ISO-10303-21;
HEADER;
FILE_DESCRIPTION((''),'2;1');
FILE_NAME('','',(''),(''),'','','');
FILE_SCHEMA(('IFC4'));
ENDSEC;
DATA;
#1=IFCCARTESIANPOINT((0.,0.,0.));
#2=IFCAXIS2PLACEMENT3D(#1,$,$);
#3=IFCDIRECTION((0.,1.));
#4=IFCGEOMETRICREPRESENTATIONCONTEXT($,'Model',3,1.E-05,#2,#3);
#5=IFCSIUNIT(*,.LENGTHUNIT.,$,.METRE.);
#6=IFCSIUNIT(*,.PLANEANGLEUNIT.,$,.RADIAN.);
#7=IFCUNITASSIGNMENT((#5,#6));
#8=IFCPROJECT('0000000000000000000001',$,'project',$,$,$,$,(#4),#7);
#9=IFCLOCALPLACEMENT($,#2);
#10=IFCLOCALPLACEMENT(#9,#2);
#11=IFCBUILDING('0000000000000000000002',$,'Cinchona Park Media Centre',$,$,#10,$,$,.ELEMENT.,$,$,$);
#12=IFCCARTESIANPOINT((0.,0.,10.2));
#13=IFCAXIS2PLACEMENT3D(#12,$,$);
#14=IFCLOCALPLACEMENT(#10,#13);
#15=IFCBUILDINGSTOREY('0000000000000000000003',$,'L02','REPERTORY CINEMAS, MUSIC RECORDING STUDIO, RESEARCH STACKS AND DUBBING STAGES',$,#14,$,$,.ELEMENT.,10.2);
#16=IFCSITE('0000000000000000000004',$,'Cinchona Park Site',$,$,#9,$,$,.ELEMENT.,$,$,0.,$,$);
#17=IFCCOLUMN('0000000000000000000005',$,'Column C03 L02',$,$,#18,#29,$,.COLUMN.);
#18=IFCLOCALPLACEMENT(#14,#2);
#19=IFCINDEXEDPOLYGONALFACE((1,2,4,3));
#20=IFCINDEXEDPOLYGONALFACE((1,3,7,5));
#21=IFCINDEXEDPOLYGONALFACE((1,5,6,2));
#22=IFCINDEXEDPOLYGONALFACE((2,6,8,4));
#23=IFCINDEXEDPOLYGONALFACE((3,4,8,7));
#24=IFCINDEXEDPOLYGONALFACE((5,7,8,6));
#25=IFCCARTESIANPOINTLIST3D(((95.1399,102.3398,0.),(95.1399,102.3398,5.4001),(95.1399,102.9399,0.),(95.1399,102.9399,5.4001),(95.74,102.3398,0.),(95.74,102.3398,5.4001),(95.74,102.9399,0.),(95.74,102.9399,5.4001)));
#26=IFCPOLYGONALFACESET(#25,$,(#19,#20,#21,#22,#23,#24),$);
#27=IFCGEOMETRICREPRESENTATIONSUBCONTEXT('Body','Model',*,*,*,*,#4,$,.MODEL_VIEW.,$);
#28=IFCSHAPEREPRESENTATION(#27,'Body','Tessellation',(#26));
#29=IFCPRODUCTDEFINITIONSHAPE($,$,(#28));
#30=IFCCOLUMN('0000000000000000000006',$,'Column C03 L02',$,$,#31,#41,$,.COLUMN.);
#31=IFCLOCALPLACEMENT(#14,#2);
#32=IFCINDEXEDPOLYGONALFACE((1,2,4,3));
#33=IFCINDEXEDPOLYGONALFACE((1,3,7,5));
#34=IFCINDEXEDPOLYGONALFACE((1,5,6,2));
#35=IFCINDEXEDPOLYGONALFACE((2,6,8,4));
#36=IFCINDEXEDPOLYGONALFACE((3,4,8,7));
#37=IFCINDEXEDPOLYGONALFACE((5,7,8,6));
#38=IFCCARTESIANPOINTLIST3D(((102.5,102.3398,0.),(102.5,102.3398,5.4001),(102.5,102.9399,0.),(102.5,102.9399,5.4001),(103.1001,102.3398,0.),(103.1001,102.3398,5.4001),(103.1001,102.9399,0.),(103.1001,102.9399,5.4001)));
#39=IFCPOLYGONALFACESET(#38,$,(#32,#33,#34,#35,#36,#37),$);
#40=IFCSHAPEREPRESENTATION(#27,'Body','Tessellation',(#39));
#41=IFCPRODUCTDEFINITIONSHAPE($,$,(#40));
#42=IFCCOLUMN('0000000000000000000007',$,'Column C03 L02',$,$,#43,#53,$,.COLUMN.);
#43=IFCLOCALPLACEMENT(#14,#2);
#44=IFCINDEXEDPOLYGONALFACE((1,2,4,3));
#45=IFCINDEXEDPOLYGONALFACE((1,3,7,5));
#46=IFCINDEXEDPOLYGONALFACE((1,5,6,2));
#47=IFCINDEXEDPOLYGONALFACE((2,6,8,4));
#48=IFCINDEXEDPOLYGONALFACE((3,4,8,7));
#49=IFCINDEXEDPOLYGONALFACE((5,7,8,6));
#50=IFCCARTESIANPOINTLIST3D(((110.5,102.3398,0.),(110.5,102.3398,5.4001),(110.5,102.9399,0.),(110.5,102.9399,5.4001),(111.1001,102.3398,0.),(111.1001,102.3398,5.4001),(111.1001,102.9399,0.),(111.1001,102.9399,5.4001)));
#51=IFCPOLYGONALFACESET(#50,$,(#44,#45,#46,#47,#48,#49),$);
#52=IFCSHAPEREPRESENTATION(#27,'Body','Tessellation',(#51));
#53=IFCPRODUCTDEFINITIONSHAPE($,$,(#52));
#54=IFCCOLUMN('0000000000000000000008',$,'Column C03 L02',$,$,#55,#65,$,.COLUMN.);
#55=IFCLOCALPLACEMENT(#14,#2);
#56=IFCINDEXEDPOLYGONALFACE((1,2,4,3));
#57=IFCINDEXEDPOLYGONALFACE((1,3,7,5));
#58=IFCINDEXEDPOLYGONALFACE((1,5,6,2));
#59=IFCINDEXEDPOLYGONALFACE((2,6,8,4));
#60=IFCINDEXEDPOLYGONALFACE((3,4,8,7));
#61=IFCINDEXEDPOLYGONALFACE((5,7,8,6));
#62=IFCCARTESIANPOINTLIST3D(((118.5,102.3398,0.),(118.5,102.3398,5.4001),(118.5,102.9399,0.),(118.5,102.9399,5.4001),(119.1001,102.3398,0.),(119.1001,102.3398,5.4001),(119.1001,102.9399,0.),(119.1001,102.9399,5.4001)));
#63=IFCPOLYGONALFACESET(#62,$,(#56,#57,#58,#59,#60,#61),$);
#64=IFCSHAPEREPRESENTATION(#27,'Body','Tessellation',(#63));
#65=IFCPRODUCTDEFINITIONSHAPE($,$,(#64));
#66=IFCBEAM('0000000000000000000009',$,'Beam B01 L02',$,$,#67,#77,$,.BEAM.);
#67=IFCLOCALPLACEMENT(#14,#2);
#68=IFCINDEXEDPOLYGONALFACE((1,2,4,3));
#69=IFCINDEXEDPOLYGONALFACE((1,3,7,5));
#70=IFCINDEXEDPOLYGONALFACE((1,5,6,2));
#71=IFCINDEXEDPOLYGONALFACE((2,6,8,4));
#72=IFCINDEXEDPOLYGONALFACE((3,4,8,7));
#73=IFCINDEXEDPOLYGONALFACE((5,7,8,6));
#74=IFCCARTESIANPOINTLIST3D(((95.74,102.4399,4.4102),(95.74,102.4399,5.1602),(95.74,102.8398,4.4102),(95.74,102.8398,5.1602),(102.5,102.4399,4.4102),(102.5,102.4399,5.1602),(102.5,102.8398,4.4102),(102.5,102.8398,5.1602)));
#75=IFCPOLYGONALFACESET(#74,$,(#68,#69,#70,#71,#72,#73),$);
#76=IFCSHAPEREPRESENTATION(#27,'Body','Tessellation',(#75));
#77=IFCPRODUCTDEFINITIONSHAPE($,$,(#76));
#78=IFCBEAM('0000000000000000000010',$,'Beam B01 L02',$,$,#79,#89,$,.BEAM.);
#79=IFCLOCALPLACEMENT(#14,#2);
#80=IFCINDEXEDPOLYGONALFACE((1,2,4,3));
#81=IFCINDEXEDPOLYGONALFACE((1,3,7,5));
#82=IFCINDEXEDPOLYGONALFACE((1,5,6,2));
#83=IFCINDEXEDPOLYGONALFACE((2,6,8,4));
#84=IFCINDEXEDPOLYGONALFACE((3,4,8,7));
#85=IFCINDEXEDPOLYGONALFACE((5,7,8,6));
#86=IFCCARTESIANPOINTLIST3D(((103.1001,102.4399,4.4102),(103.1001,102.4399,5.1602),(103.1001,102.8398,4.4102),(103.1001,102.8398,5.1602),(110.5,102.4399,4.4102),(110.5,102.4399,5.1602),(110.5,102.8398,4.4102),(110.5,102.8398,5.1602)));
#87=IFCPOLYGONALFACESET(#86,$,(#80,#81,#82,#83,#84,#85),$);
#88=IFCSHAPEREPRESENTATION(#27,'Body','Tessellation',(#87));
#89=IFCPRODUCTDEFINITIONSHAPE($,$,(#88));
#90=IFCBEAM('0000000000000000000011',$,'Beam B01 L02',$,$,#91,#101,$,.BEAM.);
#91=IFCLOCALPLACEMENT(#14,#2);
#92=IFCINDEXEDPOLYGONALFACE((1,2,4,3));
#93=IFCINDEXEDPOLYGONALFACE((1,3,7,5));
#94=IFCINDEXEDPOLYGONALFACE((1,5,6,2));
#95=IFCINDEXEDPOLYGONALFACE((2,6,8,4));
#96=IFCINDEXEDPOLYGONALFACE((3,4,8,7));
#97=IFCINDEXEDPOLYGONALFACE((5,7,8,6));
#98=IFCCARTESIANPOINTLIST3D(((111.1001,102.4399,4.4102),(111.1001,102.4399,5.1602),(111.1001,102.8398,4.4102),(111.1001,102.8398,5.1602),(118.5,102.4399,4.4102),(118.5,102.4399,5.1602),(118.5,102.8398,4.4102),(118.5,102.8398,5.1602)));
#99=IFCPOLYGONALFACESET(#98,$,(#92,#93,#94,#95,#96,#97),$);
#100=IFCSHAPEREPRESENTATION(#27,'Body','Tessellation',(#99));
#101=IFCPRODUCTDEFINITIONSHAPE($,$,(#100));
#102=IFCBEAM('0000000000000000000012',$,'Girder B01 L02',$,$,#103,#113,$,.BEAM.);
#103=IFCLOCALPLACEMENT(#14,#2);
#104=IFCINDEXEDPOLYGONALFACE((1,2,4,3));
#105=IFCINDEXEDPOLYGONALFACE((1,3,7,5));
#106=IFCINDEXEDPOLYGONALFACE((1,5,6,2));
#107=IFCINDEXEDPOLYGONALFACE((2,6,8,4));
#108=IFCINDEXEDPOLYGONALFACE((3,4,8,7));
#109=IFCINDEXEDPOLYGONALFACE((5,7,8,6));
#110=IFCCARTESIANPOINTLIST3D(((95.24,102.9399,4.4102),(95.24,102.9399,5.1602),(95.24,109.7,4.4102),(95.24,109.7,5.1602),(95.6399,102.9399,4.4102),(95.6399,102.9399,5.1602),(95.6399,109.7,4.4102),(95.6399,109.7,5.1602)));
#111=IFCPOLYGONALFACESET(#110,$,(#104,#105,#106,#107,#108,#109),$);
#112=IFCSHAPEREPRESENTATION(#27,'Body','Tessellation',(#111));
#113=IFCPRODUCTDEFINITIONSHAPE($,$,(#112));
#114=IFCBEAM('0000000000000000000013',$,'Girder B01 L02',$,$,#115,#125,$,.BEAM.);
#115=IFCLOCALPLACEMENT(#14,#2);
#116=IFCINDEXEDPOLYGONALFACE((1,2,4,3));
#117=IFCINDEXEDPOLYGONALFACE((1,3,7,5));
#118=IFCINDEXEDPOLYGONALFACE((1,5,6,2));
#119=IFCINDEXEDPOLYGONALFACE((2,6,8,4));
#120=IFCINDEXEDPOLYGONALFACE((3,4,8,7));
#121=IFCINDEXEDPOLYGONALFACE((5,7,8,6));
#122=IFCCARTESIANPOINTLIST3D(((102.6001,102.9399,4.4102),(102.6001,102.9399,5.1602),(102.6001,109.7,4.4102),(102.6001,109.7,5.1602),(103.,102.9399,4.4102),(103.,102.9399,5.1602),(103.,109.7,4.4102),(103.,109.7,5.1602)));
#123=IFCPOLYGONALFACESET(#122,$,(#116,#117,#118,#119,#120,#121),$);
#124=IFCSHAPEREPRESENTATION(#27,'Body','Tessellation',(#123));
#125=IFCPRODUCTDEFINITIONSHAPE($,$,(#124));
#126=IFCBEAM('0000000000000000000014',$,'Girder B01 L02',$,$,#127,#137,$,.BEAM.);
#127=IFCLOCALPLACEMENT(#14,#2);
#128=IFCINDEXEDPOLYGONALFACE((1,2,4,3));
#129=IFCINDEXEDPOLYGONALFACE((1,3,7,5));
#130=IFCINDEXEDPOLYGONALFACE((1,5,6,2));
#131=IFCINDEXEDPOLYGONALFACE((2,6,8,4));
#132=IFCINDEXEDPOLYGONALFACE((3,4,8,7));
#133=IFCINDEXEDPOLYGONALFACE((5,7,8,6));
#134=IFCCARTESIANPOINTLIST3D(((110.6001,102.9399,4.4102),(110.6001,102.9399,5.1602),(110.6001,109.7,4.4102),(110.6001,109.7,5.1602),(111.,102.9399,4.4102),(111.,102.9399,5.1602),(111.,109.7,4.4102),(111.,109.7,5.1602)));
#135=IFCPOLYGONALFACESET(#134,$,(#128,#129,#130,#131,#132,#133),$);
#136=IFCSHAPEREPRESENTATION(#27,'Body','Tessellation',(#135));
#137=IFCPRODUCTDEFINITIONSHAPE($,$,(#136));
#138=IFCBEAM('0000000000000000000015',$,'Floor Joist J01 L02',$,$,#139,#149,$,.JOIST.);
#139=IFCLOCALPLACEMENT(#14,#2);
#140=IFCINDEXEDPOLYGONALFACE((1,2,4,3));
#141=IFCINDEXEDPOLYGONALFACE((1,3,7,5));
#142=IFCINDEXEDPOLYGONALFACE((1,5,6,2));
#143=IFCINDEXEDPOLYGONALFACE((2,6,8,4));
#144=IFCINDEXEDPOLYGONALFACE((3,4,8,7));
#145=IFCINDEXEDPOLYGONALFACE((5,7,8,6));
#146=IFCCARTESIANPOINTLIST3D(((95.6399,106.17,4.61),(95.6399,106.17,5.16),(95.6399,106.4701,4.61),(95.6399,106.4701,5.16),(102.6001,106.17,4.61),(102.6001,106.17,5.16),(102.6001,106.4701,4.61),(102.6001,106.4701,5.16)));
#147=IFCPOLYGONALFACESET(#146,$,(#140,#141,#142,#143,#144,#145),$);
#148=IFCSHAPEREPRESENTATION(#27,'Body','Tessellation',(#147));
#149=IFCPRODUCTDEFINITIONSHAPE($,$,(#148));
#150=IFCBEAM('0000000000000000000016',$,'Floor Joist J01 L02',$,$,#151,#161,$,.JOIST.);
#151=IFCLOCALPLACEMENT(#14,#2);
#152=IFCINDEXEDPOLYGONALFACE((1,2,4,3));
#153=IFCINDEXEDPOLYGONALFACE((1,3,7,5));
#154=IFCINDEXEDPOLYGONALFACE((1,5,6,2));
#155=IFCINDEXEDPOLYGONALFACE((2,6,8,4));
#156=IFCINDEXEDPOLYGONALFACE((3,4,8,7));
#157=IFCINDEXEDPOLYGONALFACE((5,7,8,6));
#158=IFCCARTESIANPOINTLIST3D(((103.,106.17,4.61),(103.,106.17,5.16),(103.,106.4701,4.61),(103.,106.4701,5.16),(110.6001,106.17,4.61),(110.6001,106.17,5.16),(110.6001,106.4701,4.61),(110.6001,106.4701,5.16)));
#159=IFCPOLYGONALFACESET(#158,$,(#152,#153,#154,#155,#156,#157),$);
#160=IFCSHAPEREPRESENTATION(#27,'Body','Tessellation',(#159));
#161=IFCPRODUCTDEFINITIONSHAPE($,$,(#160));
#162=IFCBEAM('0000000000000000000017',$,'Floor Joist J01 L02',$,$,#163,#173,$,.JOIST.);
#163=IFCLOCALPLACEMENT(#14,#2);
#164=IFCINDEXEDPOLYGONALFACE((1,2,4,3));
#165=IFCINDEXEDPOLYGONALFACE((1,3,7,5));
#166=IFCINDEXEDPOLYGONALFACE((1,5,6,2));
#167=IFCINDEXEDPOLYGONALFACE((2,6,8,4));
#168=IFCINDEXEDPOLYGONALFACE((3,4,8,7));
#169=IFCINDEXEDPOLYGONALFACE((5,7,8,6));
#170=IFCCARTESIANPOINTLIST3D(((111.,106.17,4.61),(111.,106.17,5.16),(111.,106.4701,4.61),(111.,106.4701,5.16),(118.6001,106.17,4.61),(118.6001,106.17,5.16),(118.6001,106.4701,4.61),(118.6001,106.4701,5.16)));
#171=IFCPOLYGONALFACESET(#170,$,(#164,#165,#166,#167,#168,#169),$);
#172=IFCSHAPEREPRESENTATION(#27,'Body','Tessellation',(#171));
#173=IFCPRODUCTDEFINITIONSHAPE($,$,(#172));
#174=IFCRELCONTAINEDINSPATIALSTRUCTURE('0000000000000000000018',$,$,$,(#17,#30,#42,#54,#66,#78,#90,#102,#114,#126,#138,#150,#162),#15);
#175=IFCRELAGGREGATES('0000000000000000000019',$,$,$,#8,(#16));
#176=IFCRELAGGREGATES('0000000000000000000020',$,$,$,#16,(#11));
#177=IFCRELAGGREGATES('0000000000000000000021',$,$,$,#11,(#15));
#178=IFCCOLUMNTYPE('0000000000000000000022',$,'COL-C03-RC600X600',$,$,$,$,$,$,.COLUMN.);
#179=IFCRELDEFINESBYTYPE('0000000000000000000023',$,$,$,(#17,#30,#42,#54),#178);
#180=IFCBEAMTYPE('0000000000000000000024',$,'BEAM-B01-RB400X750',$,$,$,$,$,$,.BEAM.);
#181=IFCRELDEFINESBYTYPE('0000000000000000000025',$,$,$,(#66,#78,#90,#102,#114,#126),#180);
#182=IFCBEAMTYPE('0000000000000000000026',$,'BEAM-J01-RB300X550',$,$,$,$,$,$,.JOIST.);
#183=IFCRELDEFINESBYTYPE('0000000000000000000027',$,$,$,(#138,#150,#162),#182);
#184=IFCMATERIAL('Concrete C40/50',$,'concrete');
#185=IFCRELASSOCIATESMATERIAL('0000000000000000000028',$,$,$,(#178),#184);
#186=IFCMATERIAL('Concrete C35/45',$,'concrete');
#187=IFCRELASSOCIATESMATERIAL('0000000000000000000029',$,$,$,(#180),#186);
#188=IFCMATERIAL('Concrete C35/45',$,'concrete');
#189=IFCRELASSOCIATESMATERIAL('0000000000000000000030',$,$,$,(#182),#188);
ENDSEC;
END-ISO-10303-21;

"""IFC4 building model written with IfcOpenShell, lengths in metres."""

from ifc_helpers import new_model, si_unit, direction, frame, origin, origin_2d, place, context, subcontext, project, spatial, rectangle, extrude, material, material_profile, profile_set, type_object, element, save


model = new_model("IFC4")

# Units and contexts
model_context = context("Model", 3, precision=1e-05, world=origin(), true_north=direction((0.0, 1.0)))
body_context = subcontext(model_context, "Body", "Model", "MODEL_VIEW")
ifc_project = project(units=[si_unit("LENGTHUNIT", "METRE"), si_unit("PLANEANGLEUNIT", "RADIAN")], contexts=[model_context])

# Site, building, storey
site_placement = place(None, origin())
site = spatial("IfcSite", under=ifc_project, at=site_placement, Name="Cinchona Park Site", CompositionType="ELEMENT", RefElevation=0.0)
building_placement = place(site_placement, origin())
building = spatial("IfcBuilding", under=site, at=building_placement, Name="Cinchona Park Media Centre", CompositionType="ELEMENT")
storey_placement = place(building_placement, frame((0.0, 0.0, 10.2)))
storey = spatial("IfcBuildingStorey", under=building, at=storey_placement, Name="L02", Description="REPERTORY CINEMAS, MUSIC RECORDING STUDIO, RESEARCH STACKS AND DUBBING STAGES", CompositionType="ELEMENT", Elevation=10.2)

# Columns
ifc_material_1 = material(Name="Concrete C40/50", Category="concrete")
ifc_material_profile_1 = material_profile(ifc_material_1, rectangle(XDim=0.6001, YDim=0.6001, at=origin_2d()), Name="RC 600X600")
ifc_profile_set_1 = profile_set([ifc_material_profile_1], Name="Concrete C40/50")
column_type = type_object("IfcColumnType", Name="COL-C03-RC600X600", PredefinedType="COLUMN", material=ifc_profile_set_1)
for number, where, z_axis, x_axis, name in (
    (1, (95.4399, 102.6399, 0.0), (0.0, 0.0, 1.0), (1.0, 0.0, 0.0), "Column C03 L02"),
    (2, (102.8, 102.6399, 0.0), (0.0, 0.0, 1.0), (1.0, 0.0, 0.0), "Column C03 L02"),
    (3, (110.8, 102.6399, 0.0), (0.0, 0.0, 1.0), (1.0, 0.0, 0.0), "Column C03 L02"),
    (4, (118.8, 102.6399, 0.0), (0.0, 0.0, 1.0), (1.0, 0.0, 0.0), "Column C03 L02"),
):
    element("IfcColumn", number, at=place(storey_placement, frame(where, z_axis=z_axis, x_axis=x_axis)), inside=storey, type_object=column_type, Name=name, PredefinedType="COLUMN", context=body_context, shape_type="SweptSolid", body=[
        extrude(rectangle(XDim=0.6001, YDim=0.6001, at=origin_2d()), origin(), (0.0, 0.0, 1.0), 5.4001),
    ])

# Beams
ifc_material_2 = material(Name="Concrete C35/45", Category="concrete")
ifc_material_profile_2 = material_profile(ifc_material_2, rectangle(XDim=0.3999, YDim=0.75, at=origin_2d()), Name="RB 400X750")
ifc_profile_set_2 = profile_set([ifc_material_profile_2], Name="Concrete C35/45")
beam_type_1 = type_object("IfcBeamType", Name="BEAM-B01-RB400X750", PredefinedType="BEAM", material=ifc_profile_set_2)
beam_1_placement = place(storey_placement, frame((95.74, 102.6399, 4.7852), z_axis=(1.0, 0.0, 0.0), x_axis=(0.0, 1.0, 0.0)))
element("IfcBeam", 5, at=beam_1_placement, inside=storey, type_object=beam_type_1, Name="Beam B01 L02", PredefinedType="BEAM", context=body_context, shape_type="SweptSolid", body=[
    extrude(rectangle(XDim=0.3999, YDim=0.75, at=origin_2d()), origin(), (0.0, 0.0, 1.0), 6.76),
])
for number, where, z_axis, x_axis, name in (
    (6, (103.1001, 102.6399, 4.7852), (1.0, 0.0, 0.0), (0.0, 1.0, 0.0), "Beam B01 L02"),
    (7, (111.1001, 102.6399, 4.7852), (1.0, 0.0, 0.0), (0.0, 1.0, 0.0), "Beam B01 L02"),
):
    element("IfcBeam", number, at=place(storey_placement, frame(where, z_axis=z_axis, x_axis=x_axis)), inside=storey, type_object=beam_type_1, Name=name, PredefinedType="BEAM", context=body_context, shape_type="SweptSolid", body=[
        extrude(rectangle(XDim=0.3999, YDim=0.75, at=origin_2d()), origin(), (0.0, 0.0, 1.0), 7.3999),
    ])
for number, where, z_axis, x_axis, name in (
    (8, (95.4399, 102.9399, 4.7852), (0.0, 1.0, 0.0), (-1.0, 0.0, 0.0), "Girder B01 L02"),
    (9, (102.8, 102.9399, 4.7852), (0.0, 1.0, 0.0), (-1.0, 0.0, 0.0), "Girder B01 L02"),
    (10, (110.8, 102.9399, 4.7852), (0.0, 1.0, 0.0), (-1.0, 0.0, 0.0), "Girder B01 L02"),
):
    element("IfcBeam", number, at=place(storey_placement, frame(where, z_axis=z_axis, x_axis=x_axis)), inside=storey, type_object=beam_type_1, Name=name, PredefinedType="BEAM", context=body_context, shape_type="SweptSolid", body=[
        extrude(rectangle(XDim=0.3999, YDim=0.75, at=origin_2d()), origin(), (0.0, 0.0, 1.0), 6.76),
    ])
ifc_material_3 = material(Name="Concrete C35/45", Category="concrete")
ifc_material_profile_3 = material_profile(ifc_material_3, rectangle(XDim=0.3, YDim=0.55, at=origin_2d()), Name="RB 300X550")
ifc_profile_set_3 = profile_set([ifc_material_profile_3], Name="Concrete C35/45")
beam_type_2 = type_object("IfcBeamType", Name="BEAM-J01-RB300X550", PredefinedType="JOIST", material=ifc_profile_set_3)
beam_2_placement = place(storey_placement, frame((95.6399, 106.3201, 4.885), z_axis=(1.0, 0.0, 0.0), x_axis=(0.0, 1.0, 0.0)))
element("IfcBeam", 11, at=beam_2_placement, inside=storey, type_object=beam_type_2, Name="Floor Joist J01 L02", PredefinedType="JOIST", context=body_context, shape_type="SweptSolid", body=[
    extrude(rectangle(XDim=0.3, YDim=0.55, at=origin_2d()), origin(), (0.0, 0.0, 1.0), 6.9602),
])
for number, where, z_axis, x_axis, name in (
    (12, (103.0, 106.3201, 4.885), (1.0, 0.0, 0.0), (0.0, 1.0, 0.0), "Floor Joist J01 L02"),
    (13, (111.0, 106.3201, 4.885), (1.0, 0.0, 0.0), (0.0, 1.0, 0.0), "Floor Joist J01 L02"),
):
    element("IfcBeam", number, at=place(storey_placement, frame(where, z_axis=z_axis, x_axis=x_axis)), inside=storey, type_object=beam_type_2, Name=name, PredefinedType="JOIST", context=body_context, shape_type="SweptSolid", body=[
        extrude(rectangle(XDim=0.3, YDim=0.55, at=origin_2d()), origin(), (0.0, 0.0, 1.0), 7.6001),
    ])

save(model, "model.ifc")
